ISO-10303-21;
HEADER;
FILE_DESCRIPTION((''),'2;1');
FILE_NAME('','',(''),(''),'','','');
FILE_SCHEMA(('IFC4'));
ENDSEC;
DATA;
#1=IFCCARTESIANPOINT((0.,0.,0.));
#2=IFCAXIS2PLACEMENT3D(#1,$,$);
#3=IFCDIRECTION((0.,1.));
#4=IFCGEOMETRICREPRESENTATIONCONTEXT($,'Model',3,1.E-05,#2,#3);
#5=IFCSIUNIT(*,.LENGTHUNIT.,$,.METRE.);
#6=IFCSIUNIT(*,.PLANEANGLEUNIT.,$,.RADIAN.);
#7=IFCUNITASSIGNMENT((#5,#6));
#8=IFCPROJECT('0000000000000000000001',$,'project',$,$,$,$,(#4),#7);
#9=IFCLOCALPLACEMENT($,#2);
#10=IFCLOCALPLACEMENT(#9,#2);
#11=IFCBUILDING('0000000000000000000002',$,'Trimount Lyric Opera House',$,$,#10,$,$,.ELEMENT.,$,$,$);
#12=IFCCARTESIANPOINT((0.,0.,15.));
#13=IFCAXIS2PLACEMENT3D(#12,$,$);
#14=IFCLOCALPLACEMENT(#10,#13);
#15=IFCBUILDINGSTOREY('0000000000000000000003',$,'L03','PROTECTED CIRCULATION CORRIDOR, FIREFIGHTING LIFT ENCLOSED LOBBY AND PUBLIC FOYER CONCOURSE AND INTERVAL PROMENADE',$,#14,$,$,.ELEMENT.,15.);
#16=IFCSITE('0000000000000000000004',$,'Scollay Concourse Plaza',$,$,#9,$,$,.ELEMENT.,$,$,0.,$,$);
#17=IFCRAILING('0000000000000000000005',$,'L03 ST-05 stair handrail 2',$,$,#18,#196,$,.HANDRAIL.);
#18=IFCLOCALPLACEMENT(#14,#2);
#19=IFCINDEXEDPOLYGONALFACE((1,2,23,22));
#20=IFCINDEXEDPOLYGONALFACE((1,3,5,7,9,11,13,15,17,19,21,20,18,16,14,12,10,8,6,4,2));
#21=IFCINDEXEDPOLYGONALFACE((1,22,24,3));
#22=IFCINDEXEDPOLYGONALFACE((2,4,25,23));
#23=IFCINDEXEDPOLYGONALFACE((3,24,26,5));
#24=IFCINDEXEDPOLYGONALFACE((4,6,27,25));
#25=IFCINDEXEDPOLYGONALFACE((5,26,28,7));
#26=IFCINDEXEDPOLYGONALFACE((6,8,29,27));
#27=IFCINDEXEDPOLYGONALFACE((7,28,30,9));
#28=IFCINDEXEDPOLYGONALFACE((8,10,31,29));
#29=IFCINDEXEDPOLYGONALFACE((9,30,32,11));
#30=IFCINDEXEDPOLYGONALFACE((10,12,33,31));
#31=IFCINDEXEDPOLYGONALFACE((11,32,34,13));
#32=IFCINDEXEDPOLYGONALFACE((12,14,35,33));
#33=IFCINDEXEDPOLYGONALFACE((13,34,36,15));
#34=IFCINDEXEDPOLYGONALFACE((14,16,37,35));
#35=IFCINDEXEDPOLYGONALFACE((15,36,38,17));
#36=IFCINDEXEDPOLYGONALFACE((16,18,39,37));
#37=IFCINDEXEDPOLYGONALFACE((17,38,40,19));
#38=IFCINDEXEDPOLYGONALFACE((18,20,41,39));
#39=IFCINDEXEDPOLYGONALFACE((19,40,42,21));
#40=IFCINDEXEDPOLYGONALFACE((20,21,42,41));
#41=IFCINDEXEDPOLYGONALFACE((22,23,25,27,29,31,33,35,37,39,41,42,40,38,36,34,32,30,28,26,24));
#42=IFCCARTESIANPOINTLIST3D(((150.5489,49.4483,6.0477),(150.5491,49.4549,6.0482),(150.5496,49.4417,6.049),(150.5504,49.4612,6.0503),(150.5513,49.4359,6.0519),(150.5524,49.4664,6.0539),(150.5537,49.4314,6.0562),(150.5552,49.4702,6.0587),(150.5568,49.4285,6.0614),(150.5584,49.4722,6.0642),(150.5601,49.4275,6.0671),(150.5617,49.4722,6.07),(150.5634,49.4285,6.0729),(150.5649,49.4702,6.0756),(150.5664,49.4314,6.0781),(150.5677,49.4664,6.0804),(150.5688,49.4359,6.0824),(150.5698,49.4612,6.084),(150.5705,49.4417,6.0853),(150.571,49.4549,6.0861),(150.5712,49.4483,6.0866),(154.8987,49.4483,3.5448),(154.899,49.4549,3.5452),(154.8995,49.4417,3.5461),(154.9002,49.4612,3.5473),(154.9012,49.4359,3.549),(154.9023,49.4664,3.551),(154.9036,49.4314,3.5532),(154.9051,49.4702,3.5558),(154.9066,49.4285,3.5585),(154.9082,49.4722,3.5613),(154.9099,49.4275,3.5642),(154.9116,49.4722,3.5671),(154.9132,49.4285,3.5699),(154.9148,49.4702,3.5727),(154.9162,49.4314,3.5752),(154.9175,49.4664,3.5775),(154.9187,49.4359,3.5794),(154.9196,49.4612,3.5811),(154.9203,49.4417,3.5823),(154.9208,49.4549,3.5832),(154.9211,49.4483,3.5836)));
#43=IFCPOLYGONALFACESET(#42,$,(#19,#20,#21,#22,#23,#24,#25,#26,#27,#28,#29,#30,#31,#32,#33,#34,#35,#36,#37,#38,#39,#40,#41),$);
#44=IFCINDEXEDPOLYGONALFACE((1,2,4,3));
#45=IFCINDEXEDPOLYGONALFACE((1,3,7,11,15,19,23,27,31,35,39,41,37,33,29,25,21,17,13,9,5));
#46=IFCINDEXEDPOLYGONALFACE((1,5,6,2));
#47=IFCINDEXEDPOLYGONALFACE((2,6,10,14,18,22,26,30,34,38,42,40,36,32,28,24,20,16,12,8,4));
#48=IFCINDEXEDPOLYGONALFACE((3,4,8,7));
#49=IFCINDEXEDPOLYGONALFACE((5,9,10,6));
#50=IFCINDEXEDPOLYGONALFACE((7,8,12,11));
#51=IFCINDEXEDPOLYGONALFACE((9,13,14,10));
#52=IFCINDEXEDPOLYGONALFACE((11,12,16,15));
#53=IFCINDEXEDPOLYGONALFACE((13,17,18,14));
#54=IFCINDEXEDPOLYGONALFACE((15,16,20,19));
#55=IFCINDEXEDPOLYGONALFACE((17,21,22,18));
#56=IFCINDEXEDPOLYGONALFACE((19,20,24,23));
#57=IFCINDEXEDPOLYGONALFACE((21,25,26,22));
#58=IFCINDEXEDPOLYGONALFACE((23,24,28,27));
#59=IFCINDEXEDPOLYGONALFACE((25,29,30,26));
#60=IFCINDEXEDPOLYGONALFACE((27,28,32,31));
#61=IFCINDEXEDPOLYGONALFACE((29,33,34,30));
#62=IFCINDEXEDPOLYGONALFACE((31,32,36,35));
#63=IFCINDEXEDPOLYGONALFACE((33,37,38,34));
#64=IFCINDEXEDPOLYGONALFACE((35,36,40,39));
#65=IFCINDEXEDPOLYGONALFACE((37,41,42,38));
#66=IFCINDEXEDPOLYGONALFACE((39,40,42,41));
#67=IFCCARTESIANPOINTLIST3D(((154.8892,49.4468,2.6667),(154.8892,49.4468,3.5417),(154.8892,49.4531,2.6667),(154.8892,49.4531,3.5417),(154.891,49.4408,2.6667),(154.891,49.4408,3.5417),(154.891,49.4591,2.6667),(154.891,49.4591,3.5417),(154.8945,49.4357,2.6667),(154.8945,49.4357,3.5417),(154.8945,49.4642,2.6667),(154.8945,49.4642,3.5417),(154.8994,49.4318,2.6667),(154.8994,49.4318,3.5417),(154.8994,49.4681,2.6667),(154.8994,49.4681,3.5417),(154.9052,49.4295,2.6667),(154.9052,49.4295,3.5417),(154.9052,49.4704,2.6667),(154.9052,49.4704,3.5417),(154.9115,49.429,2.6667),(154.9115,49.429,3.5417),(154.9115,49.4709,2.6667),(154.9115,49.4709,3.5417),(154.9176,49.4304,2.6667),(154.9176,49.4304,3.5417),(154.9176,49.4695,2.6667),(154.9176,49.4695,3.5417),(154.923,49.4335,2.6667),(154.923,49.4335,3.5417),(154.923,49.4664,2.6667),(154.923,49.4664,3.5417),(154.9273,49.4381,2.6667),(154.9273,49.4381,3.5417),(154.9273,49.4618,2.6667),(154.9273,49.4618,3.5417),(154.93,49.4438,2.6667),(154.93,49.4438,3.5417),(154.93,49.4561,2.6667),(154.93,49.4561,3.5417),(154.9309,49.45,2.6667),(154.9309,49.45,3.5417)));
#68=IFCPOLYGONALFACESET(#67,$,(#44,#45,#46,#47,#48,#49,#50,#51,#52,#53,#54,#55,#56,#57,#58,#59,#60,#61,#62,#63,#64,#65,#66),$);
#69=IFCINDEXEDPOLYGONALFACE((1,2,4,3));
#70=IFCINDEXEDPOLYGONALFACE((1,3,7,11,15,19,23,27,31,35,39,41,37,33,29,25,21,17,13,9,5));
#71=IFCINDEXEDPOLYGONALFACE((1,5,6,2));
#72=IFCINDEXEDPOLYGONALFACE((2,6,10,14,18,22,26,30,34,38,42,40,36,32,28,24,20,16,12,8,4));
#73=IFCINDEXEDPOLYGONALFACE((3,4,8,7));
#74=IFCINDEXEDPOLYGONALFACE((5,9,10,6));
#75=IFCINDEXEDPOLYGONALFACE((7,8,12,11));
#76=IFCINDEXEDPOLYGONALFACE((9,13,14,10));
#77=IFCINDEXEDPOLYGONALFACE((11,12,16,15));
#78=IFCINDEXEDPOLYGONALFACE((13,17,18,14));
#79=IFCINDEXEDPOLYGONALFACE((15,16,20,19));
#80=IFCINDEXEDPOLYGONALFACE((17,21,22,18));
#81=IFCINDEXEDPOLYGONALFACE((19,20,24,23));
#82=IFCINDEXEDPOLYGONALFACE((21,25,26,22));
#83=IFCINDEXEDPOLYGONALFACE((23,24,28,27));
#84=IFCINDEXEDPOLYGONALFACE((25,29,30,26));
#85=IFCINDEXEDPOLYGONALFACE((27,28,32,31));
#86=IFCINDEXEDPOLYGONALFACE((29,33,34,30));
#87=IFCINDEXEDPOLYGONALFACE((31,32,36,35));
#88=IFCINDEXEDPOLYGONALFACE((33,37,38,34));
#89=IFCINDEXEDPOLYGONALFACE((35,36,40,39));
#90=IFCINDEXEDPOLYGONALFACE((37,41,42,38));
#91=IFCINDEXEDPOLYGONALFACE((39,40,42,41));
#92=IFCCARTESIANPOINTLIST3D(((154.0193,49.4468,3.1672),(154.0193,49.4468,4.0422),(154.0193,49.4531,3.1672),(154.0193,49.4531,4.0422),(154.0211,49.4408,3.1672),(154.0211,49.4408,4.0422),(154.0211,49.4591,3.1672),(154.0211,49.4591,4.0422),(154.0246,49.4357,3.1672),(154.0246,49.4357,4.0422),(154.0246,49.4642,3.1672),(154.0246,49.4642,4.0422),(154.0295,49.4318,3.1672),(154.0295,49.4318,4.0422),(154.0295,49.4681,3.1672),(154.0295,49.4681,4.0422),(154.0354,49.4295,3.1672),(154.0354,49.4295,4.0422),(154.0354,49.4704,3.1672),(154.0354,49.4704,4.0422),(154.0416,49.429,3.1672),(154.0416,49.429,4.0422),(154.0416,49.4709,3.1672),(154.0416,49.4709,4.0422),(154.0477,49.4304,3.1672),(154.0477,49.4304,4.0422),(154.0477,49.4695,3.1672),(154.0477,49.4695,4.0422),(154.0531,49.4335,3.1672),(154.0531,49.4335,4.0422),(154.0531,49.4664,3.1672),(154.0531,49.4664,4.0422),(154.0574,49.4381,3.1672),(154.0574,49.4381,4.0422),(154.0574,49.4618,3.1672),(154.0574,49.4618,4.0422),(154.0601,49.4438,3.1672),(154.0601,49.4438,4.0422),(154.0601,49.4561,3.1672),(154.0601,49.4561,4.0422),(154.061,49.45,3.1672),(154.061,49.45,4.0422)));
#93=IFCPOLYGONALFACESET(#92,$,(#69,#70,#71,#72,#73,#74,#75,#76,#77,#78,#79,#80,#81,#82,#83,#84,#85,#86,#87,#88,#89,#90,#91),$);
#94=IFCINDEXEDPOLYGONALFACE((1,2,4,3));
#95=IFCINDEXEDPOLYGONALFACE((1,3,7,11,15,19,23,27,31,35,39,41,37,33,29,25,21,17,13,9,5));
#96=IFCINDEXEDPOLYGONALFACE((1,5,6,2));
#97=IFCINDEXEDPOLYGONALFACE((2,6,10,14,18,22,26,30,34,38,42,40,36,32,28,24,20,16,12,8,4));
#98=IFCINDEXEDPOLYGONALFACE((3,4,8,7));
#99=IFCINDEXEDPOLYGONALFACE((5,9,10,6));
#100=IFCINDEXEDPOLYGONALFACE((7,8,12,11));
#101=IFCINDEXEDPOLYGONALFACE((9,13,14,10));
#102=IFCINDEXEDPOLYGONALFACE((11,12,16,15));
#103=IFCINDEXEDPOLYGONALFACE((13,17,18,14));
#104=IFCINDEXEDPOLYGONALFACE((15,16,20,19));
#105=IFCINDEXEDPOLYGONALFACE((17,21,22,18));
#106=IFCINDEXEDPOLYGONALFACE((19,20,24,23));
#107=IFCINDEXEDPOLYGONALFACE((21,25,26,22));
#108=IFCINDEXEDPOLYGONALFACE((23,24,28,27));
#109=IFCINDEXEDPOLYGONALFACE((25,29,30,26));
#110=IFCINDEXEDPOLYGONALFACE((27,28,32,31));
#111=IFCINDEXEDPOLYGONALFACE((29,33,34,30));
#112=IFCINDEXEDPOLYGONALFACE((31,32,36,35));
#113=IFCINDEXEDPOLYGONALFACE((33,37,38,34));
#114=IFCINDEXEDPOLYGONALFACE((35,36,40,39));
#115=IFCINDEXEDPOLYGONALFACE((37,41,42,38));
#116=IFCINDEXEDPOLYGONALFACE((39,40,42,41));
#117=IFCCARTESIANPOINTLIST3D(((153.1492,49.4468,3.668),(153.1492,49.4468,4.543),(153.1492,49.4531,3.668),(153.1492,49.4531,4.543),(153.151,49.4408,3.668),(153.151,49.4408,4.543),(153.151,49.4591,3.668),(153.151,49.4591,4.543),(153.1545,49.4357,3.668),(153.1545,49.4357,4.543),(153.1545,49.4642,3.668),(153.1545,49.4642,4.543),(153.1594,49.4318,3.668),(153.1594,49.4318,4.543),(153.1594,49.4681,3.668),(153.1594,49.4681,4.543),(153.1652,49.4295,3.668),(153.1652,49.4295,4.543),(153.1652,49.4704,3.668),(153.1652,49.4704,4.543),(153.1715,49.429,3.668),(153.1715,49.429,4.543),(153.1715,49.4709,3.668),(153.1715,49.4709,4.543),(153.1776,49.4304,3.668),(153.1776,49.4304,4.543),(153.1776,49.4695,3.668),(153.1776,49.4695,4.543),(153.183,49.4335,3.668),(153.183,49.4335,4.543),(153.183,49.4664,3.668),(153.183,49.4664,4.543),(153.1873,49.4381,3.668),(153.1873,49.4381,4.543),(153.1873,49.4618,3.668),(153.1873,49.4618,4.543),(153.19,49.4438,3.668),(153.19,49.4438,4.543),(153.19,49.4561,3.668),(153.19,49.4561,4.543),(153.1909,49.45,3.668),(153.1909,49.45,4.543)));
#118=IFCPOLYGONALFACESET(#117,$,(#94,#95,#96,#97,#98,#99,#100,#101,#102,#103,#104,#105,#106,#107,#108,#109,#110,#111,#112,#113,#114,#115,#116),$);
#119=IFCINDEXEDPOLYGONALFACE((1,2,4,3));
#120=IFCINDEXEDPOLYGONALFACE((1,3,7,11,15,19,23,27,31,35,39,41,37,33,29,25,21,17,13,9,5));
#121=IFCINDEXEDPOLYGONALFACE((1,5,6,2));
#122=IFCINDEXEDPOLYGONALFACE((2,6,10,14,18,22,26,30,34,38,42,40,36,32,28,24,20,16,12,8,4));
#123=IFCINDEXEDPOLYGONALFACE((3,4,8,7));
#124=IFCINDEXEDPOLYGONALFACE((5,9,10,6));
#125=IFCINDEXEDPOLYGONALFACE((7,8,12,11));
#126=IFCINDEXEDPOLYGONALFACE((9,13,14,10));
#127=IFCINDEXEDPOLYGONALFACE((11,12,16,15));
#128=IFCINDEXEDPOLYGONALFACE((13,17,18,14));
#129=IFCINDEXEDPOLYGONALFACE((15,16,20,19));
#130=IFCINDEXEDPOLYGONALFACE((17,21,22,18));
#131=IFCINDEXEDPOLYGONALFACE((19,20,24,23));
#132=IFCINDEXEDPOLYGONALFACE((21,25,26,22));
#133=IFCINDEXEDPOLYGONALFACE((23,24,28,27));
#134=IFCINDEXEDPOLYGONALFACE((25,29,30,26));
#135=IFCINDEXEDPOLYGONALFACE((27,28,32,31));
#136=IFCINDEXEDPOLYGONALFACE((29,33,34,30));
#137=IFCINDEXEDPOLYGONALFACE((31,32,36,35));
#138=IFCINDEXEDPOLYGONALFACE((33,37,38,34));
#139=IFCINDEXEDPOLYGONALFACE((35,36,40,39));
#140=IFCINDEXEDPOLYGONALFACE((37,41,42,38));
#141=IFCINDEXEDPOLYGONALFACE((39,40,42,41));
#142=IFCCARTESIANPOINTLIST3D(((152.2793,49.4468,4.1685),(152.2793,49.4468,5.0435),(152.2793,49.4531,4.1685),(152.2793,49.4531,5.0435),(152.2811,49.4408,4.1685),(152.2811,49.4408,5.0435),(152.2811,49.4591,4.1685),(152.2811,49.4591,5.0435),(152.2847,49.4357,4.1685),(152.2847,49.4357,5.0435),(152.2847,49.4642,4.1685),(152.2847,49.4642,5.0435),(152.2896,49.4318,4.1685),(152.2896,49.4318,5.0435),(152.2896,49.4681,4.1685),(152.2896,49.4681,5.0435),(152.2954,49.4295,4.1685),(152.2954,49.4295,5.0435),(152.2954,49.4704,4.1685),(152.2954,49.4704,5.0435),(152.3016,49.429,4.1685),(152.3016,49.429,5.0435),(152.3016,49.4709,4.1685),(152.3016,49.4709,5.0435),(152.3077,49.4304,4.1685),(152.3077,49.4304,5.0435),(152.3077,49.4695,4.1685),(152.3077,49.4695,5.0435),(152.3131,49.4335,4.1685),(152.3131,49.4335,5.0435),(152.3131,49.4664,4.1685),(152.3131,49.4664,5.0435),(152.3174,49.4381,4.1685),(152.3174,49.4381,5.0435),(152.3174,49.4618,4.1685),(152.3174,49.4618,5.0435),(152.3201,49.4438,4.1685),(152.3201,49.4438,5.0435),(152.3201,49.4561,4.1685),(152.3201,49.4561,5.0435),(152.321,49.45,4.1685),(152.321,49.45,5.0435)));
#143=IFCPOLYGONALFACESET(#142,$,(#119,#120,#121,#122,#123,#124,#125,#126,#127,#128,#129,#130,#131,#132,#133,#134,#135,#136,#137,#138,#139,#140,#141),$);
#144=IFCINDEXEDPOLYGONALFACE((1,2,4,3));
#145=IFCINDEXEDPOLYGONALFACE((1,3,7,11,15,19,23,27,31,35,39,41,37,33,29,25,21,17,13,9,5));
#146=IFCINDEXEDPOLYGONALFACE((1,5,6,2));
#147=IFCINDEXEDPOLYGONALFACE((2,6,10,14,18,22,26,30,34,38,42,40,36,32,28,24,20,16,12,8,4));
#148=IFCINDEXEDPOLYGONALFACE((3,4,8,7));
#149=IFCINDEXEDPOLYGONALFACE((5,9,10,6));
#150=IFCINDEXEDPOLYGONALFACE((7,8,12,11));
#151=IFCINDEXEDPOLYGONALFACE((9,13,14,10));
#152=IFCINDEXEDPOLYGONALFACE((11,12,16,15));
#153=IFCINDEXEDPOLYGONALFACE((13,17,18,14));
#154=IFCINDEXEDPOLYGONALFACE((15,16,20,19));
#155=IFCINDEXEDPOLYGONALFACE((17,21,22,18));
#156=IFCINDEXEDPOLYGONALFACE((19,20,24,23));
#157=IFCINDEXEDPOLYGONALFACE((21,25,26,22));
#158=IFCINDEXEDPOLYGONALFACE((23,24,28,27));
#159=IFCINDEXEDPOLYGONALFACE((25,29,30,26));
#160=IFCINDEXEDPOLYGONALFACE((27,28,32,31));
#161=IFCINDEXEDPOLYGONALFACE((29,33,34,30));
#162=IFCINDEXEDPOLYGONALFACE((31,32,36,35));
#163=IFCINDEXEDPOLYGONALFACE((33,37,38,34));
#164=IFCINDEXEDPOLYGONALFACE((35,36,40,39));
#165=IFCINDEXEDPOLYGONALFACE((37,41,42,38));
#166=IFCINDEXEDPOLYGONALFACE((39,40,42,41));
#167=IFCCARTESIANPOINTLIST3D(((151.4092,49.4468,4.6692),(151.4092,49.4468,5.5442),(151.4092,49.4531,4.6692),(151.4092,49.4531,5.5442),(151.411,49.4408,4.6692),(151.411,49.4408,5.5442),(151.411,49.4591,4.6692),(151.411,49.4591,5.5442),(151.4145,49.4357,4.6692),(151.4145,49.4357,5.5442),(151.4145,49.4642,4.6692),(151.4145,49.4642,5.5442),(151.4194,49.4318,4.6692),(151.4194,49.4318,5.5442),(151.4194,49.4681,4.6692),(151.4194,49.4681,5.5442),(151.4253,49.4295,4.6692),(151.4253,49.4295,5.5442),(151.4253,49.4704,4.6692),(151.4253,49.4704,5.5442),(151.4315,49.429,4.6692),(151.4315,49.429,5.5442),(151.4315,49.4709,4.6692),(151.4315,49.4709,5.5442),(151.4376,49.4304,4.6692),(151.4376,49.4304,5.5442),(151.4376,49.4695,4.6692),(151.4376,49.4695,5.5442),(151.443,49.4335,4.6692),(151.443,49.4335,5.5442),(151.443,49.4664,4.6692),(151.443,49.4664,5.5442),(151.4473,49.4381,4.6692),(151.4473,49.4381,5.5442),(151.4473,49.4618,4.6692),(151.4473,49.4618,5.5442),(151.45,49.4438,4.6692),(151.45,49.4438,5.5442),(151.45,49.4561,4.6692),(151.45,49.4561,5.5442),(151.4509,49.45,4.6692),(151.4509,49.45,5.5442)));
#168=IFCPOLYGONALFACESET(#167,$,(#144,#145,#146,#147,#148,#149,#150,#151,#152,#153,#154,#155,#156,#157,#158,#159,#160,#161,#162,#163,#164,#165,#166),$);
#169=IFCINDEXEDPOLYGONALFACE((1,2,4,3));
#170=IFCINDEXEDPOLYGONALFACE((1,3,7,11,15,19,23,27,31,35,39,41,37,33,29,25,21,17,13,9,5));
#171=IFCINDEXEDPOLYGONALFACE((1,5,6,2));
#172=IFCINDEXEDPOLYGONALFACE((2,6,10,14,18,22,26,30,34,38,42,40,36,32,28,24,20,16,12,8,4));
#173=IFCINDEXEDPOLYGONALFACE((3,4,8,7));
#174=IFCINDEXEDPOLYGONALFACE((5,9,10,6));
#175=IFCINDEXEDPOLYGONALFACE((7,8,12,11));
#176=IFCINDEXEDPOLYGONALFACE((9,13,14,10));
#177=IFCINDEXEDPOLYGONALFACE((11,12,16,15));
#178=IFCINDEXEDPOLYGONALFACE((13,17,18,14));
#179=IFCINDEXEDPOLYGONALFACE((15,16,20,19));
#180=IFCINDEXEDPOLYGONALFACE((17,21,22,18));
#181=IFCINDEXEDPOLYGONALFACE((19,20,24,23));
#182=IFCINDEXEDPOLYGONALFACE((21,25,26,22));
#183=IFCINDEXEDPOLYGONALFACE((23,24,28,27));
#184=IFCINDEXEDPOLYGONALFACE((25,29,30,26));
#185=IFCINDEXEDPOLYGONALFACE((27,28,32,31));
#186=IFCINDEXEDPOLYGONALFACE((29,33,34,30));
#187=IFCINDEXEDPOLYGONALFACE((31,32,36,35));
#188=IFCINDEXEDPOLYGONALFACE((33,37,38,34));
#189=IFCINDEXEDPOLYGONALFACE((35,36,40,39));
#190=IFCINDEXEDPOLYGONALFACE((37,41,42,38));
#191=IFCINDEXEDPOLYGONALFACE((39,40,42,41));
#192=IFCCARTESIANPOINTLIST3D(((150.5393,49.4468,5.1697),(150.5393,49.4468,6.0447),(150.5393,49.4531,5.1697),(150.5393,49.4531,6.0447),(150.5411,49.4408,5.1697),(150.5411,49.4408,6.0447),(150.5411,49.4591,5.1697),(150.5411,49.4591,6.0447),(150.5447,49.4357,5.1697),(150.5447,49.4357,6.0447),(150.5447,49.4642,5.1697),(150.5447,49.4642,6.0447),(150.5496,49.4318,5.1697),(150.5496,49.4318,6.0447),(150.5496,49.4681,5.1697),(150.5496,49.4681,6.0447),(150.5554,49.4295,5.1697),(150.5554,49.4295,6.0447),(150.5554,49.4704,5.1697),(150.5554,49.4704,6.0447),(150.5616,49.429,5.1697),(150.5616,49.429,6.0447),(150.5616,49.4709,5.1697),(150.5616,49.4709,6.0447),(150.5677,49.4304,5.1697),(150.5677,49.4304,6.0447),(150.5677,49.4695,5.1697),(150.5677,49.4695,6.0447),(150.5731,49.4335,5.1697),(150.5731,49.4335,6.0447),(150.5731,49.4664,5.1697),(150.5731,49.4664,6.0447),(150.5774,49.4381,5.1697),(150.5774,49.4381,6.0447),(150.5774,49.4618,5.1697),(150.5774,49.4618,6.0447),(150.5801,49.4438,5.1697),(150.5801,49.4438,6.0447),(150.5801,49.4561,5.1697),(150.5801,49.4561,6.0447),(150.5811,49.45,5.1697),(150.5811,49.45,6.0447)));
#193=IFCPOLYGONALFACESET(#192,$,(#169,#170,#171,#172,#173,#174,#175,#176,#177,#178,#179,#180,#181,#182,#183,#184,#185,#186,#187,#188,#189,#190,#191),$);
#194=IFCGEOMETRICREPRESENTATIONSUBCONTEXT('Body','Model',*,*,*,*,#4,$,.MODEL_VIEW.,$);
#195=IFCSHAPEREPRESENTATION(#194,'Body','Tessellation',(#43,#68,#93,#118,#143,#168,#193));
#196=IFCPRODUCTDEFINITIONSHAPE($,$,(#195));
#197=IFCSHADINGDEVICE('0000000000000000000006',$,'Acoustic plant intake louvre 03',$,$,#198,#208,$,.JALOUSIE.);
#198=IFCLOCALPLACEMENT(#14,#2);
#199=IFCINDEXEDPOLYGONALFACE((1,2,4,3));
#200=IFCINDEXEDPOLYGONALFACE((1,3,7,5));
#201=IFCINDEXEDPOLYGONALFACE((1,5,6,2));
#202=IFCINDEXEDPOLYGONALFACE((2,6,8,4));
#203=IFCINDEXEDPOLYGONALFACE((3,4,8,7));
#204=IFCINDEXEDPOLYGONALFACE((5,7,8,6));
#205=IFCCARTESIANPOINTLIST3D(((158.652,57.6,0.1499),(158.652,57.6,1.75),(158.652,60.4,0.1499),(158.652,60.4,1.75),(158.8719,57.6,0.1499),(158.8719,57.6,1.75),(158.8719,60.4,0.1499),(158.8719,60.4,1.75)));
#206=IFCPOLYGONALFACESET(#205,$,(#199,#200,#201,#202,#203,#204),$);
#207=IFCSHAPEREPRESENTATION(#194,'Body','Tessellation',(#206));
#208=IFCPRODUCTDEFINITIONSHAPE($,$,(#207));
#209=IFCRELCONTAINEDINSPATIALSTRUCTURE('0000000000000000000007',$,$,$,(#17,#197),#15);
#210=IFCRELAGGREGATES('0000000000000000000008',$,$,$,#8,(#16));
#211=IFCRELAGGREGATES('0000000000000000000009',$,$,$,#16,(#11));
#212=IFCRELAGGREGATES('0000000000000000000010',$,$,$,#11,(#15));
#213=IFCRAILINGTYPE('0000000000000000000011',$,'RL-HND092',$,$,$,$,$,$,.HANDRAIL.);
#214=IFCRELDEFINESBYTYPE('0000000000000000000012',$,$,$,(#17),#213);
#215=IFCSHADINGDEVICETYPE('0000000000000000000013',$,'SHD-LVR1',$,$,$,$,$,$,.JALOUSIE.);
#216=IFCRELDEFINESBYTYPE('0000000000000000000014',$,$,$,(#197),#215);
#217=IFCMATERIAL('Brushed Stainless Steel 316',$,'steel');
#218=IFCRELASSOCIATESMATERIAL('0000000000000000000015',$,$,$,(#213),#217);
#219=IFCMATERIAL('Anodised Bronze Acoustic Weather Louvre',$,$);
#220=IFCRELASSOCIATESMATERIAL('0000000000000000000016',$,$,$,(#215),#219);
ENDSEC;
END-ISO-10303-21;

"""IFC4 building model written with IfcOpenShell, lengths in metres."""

from ifc_helpers import new_model, si_unit, direction, frame, origin, origin_2d, place, context, subcontext, project, spatial, rectangle, circle, extrude, material, type_object, element, save


model = new_model("IFC4")

# Units and contexts
model_context = context("Model", 3, precision=1e-05, world=origin(), true_north=direction((0.0, 1.0)))
body_context = subcontext(model_context, "Body", "Model", "MODEL_VIEW")
ifc_project = project(units=[si_unit("LENGTHUNIT", "METRE"), si_unit("PLANEANGLEUNIT", "RADIAN")], contexts=[model_context])

# Site, building, storey
site_placement = place(None, origin())
site = spatial("IfcSite", under=ifc_project, at=site_placement, Name="Scollay Concourse Plaza", CompositionType="ELEMENT", RefElevation=0.0)
building_placement = place(site_placement, origin())
building = spatial("IfcBuilding", under=site, at=building_placement, Name="Trimount Lyric Opera House", CompositionType="ELEMENT")
storey_placement = place(building_placement, frame((0.0, 0.0, 15.0)))
storey = spatial("IfcBuildingStorey", under=building, at=storey_placement, Name="L03", Description="PROTECTED CIRCULATION CORRIDOR, FIREFIGHTING LIFT ENCLOSED LOBBY AND PUBLIC FOYER CONCOURSE AND INTERVAL PROMENADE", CompositionType="ELEMENT", Elevation=15.0)

# Railing
ifc_material_1 = material(Name="Brushed Stainless Steel 316", Category="steel")
railing_type_1 = type_object("IfcRailingType", Name="RL-HND092", PredefinedType="HANDRAIL", material=ifc_material_1)
railing_1_placement = place(storey_placement, frame((154.9099, 49.45, 2.6667)))
element("IfcRailing", 1, at=railing_1_placement, inside=storey, type_object=railing_type_1, Name="L03 ST-05 stair handrail 2", PredefinedType="HANDRAIL", context=body_context, shape_type="SweptSolid", body=[
    extrude(circle(Radius=0.0225, at=origin_2d()), frame((0.0, 0.0, 0.8975), z_axis=(-0.866754, 0.0, 0.498735), x_axis=(0.0, -1.0, 0.0)), (0.0, 0.0, 1.0), 5.0186),
    extrude(circle(Radius=0.021, at=origin_2d()), origin(), (0.0, 0.0, 1.0), 0.875),
    extrude(circle(Radius=0.021, at=origin_2d()), frame((-0.8699, 0.0, 0.5005)), (0.0, 0.0, 1.0), 0.875),
    extrude(circle(Radius=0.021, at=origin_2d()), frame((-1.74, 0.0, 1.0012)), (0.0, 0.0, 1.0), 0.875),
    extrude(circle(Radius=0.021, at=origin_2d()), frame((-2.6099, 0.0, 1.5017)), (0.0, 0.0, 1.0), 0.875),
    extrude(circle(Radius=0.021, at=origin_2d()), frame((-3.48, 0.0, 2.0024)), (0.0, 0.0, 1.0), 0.875),
    extrude(circle(Radius=0.021, at=origin_2d()), frame((-4.3499, 0.0, 2.5029)), (0.0, 0.0, 1.0), 0.875),
])

# Shading device
ifc_material_2 = material(Name="Anodised Bronze Acoustic Weather Louvre")
shading_device_type_1 = type_object("IfcShadingDeviceType", Name="SHD-LVR1", PredefinedType="JALOUSIE", material=ifc_material_2)
shading_device_1_placement = place(storey_placement, frame((158.762, 59.0, 0.1499), z_axis=(0.0, 0.0, 1.0), x_axis=(1.0, 0.0, 0.0)))
element("IfcShadingDevice", 2, at=shading_device_1_placement, inside=storey, type_object=shading_device_type_1, Name="Acoustic plant intake louvre 03", PredefinedType="JALOUSIE", context=body_context, shape_type="SweptSolid", body=[
    extrude(rectangle(XDim=0.22, YDim=2.8, at=origin_2d()), origin(), (0.0, 0.0, 1.0), 1.6001),
])

save(model, "model.ifc")
